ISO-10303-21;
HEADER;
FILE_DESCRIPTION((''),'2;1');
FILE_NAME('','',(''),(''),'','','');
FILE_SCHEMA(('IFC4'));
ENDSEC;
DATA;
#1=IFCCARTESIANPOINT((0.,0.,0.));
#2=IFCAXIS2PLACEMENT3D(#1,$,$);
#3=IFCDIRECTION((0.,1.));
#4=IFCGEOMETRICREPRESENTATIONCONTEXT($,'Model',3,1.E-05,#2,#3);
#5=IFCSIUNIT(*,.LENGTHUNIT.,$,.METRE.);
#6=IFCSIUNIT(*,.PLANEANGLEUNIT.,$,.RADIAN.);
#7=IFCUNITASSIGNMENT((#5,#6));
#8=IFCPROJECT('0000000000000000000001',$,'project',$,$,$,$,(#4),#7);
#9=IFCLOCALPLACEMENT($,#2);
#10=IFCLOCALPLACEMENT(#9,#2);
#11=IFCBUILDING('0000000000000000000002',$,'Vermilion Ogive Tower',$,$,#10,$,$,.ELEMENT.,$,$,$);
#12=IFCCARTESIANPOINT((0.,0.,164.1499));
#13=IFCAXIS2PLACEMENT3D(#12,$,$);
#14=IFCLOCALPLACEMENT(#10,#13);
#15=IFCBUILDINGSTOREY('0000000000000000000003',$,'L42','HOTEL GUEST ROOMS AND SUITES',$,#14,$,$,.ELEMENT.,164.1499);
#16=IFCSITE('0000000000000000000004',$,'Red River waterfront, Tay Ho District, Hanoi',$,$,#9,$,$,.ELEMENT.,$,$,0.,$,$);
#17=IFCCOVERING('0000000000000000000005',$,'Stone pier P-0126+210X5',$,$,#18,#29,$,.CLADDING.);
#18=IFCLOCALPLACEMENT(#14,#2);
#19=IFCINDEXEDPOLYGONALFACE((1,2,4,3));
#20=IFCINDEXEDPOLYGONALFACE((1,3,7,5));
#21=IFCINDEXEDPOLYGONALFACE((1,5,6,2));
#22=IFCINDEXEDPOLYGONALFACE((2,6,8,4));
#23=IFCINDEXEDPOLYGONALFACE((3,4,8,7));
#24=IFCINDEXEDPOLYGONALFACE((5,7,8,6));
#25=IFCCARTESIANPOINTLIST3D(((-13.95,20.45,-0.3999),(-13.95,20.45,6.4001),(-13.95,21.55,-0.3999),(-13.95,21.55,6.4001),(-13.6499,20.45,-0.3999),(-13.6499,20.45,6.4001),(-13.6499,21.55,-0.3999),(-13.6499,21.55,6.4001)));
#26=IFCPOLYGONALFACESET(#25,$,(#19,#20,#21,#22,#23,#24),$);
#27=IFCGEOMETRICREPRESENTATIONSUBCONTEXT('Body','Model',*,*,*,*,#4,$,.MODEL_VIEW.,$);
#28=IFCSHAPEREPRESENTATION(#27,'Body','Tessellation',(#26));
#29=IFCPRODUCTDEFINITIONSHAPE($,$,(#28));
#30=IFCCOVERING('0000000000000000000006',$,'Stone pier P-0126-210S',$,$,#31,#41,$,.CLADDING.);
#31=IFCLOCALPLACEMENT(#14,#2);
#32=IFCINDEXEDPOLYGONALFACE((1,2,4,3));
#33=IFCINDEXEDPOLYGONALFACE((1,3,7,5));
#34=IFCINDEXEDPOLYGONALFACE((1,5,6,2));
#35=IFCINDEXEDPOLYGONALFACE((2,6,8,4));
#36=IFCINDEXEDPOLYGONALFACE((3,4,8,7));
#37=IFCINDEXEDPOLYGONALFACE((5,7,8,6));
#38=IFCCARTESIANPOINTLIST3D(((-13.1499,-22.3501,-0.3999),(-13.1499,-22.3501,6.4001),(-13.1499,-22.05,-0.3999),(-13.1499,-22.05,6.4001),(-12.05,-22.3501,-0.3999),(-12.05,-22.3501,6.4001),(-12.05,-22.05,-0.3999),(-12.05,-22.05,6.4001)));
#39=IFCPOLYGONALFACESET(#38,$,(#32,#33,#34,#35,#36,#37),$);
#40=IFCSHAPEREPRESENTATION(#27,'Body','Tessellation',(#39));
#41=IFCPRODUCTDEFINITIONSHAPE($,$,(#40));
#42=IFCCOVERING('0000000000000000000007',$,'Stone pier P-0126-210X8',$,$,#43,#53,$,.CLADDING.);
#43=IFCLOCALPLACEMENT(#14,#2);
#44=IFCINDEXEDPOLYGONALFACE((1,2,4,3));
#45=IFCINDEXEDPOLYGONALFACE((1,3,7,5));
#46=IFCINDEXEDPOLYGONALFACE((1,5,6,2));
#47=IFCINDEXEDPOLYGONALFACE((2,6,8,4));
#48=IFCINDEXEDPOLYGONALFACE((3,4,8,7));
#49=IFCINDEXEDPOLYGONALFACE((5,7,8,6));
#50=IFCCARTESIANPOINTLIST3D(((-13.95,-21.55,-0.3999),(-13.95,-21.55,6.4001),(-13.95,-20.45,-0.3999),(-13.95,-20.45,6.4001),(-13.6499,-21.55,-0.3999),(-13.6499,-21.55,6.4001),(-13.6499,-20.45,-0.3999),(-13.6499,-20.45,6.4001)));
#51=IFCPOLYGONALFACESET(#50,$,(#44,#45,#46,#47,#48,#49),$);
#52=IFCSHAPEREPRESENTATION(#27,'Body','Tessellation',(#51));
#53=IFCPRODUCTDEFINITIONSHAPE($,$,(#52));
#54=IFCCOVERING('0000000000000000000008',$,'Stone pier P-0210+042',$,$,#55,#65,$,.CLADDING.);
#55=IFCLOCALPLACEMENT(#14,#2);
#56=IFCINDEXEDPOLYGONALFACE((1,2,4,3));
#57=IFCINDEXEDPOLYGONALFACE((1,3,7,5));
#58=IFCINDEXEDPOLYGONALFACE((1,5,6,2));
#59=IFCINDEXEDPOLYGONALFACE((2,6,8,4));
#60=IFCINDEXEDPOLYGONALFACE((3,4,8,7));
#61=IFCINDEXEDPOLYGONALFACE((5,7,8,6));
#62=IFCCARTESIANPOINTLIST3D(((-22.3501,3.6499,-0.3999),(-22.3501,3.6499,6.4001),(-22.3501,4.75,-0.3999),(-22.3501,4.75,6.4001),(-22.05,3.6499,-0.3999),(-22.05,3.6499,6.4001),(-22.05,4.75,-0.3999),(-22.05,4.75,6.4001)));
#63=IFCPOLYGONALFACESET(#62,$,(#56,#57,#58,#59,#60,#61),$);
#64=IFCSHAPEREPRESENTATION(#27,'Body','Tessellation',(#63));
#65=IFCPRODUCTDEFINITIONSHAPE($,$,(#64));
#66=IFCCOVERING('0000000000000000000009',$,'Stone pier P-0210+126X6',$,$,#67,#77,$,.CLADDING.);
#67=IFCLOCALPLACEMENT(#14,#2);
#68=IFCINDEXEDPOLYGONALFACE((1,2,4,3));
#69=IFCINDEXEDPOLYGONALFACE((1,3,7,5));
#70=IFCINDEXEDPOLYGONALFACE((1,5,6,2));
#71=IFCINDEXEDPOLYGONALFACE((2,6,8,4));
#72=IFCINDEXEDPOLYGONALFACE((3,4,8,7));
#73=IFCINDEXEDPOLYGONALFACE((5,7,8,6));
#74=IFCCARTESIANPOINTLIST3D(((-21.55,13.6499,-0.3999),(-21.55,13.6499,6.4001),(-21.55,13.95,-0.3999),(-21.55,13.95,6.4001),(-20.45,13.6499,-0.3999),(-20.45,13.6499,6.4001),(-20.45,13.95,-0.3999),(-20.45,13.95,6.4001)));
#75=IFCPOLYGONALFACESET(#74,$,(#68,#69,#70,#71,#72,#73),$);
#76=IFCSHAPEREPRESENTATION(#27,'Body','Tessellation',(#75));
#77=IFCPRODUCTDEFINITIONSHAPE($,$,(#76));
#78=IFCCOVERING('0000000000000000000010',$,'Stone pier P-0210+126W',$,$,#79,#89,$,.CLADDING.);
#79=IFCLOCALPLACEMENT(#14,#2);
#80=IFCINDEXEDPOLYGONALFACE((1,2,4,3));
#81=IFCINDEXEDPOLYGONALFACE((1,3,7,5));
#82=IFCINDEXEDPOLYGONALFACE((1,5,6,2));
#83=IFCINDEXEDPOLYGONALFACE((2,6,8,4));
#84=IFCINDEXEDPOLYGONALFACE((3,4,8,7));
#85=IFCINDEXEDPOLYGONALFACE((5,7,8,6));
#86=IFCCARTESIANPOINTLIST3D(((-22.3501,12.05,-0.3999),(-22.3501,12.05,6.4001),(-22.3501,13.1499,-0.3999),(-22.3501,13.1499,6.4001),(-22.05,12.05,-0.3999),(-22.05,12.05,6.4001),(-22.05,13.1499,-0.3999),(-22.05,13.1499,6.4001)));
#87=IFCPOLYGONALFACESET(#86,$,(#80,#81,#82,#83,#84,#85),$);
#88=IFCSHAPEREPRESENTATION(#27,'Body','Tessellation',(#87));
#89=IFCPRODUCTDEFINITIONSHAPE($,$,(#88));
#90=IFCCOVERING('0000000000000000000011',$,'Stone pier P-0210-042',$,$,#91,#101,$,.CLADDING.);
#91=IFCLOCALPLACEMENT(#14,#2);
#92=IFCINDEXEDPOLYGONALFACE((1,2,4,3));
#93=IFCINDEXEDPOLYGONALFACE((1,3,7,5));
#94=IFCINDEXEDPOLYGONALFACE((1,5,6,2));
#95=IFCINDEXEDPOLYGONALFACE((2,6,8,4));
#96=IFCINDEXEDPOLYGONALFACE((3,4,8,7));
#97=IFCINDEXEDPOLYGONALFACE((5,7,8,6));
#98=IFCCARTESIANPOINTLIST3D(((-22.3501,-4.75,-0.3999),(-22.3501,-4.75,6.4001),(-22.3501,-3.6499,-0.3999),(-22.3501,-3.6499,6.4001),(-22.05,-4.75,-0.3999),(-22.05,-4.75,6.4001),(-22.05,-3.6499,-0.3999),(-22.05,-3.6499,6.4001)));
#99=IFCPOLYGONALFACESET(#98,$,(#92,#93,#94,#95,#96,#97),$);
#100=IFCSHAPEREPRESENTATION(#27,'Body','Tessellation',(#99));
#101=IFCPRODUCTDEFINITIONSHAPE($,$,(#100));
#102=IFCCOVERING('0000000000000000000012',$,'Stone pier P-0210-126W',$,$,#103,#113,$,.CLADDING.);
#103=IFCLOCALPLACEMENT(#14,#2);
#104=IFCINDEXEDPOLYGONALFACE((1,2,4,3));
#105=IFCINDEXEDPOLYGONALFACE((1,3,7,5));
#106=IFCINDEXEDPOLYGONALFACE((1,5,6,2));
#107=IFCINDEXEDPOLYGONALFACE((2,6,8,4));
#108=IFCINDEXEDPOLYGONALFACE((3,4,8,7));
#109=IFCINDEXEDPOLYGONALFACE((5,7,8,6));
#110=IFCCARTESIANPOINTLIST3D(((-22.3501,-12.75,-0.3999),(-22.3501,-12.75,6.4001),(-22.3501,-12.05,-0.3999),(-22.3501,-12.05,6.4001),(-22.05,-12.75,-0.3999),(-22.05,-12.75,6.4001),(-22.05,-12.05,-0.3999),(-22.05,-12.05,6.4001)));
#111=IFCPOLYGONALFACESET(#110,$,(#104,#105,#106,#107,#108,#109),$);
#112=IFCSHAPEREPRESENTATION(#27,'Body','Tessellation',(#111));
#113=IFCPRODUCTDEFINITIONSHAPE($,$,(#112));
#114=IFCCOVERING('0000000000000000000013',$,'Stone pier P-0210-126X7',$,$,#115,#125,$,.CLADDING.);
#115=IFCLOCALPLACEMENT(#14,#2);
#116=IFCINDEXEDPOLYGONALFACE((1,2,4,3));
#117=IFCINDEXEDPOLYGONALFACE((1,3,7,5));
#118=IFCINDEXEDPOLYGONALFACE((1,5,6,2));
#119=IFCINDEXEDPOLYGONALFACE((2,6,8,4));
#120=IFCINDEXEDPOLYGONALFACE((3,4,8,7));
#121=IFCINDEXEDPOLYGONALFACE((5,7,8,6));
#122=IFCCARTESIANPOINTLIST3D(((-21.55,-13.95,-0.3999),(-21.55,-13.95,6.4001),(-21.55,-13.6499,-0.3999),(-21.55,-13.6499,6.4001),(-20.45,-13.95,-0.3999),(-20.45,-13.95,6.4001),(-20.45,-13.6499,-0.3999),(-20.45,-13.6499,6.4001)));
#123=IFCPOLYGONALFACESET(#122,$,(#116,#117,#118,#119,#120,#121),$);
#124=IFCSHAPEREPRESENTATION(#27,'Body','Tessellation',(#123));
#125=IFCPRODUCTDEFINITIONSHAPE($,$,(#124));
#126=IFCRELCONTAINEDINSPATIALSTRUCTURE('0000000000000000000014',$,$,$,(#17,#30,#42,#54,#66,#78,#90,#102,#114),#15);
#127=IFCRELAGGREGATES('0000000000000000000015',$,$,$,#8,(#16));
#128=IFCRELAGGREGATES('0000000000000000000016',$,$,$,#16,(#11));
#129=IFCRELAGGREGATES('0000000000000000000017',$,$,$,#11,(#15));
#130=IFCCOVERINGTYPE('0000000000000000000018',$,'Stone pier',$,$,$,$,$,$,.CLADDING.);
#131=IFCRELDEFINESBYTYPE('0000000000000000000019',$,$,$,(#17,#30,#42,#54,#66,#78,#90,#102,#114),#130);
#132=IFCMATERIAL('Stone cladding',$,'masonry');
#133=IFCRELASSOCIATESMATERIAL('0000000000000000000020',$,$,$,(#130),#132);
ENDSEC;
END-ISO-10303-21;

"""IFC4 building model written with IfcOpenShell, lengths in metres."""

from ifc_helpers import new_model, si_unit, direction, frame, origin, place, context, subcontext, project, spatial, polyline, outline, extrude, material, type_object, element, save


model = new_model("IFC4")

# Units and contexts
model_context = context("Model", 3, precision=1e-05, world=origin(), true_north=direction((0.0, 1.0)))
body_context = subcontext(model_context, "Body", "Model", "MODEL_VIEW")
ifc_project = project(units=[si_unit("LENGTHUNIT", "METRE"), si_unit("PLANEANGLEUNIT", "RADIAN")], contexts=[model_context])

# Site, building, storey
site_placement = place(None, origin())
site = spatial("IfcSite", under=ifc_project, at=site_placement, Name="Red River waterfront, Tay Ho District, Hanoi", CompositionType="ELEMENT", RefElevation=0.0)
building_placement = place(site_placement, origin())
building = spatial("IfcBuilding", under=site, at=building_placement, Name="Vermilion Ogive Tower", CompositionType="ELEMENT")
storey_placement = place(building_placement, frame((0.0, 0.0, 164.1499)))
storey = spatial("IfcBuildingStorey", under=building, at=storey_placement, Name="L42", Description="HOTEL GUEST ROOMS AND SUITES", CompositionType="ELEMENT", Elevation=164.1499)

# Coverings
ifc_material_1 = material(Name="Stone cladding", Category="masonry")
covering_type_1 = type_object("IfcCoveringType", Name="Stone pier", PredefinedType="CLADDING", material=ifc_material_1)
covering_1_placement = place(storey_placement, frame((0.0, 0.0, -0.3999)))
element("IfcCovering", 1, at=covering_1_placement, inside=storey, type_object=covering_type_1, Name="Stone pier P-0126+210X5", PredefinedType="CLADDING", context=body_context, shape_type="SweptSolid", body=[
    extrude(outline(polyline([(-13.95, 21.55), (-13.6499, 21.55), (-13.6499, 20.45), (-13.95, 20.45), (-13.95, 21.55)])), origin(), (0.0, 0.0, 1.0), 6.8),
])
covering_2_placement = place(storey_placement, frame((0.0, 0.0, -0.3999)))
element("IfcCovering", 2, at=covering_2_placement, inside=storey, type_object=covering_type_1, Name="Stone pier P-0126-210S", PredefinedType="CLADDING", context=body_context, shape_type="SweptSolid", body=[
    extrude(outline(polyline([(-12.05, -22.3501), (-13.1499, -22.3501), (-13.1499, -22.05), (-12.05, -22.05), (-12.05, -22.3501)])), origin(), (0.0, 0.0, 1.0), 6.8),
])
covering_3_placement = place(storey_placement, frame((0.0, 0.0, -0.3999)))
element("IfcCovering", 3, at=covering_3_placement, inside=storey, type_object=covering_type_1, Name="Stone pier P-0126-210X8", PredefinedType="CLADDING", context=body_context, shape_type="SweptSolid", body=[
    extrude(outline(polyline([(-13.95, -20.45), (-13.6499, -20.45), (-13.6499, -21.55), (-13.95, -21.55), (-13.95, -20.45)])), origin(), (0.0, 0.0, 1.0), 6.8),
])
covering_4_placement = place(storey_placement, frame((0.0, 0.0, -0.3999)))
element("IfcCovering", 4, at=covering_4_placement, inside=storey, type_object=covering_type_1, Name="Stone pier P-0210+042", PredefinedType="CLADDING", context=body_context, shape_type="SweptSolid", body=[
    extrude(outline(polyline([(-22.3501, 3.6499), (-22.3501, 4.75), (-22.05, 4.75), (-22.05, 3.6499), (-22.3501, 3.6499)])), origin(), (0.0, 0.0, 1.0), 6.8),
])
covering_5_placement = place(storey_placement, frame((0.0, 0.0, -0.3999)))
element("IfcCovering", 5, at=covering_5_placement, inside=storey, type_object=covering_type_1, Name="Stone pier P-0210+126X6", PredefinedType="CLADDING", context=body_context, shape_type="SweptSolid", body=[
    extrude(outline(polyline([(-21.55, 13.95), (-20.45, 13.95), (-20.45, 13.6499), (-21.55, 13.6499), (-21.55, 13.95)])), origin(), (0.0, 0.0, 1.0), 6.8),
])
covering_6_placement = place(storey_placement, frame((0.0, 0.0, -0.3999)))
element("IfcCovering", 6, at=covering_6_placement, inside=storey, type_object=covering_type_1, Name="Stone pier P-0210+126W", PredefinedType="CLADDING", context=body_context, shape_type="SweptSolid", body=[
    extrude(outline(polyline([(-22.3501, 13.1499), (-22.05, 13.1499), (-22.05, 12.05), (-22.3501, 12.05), (-22.3501, 13.1499)])), origin(), (0.0, 0.0, 1.0), 6.8),
])
covering_7_placement = place(storey_placement, frame((0.0, 0.0, -0.3999)))
element("IfcCovering", 7, at=covering_7_placement, inside=storey, type_object=covering_type_1, Name="Stone pier P-0210-042", PredefinedType="CLADDING", context=body_context, shape_type="SweptSolid", body=[
    extrude(outline(polyline([(-22.3501, -4.75), (-22.3501, -3.6499), (-22.05, -3.6499), (-22.05, -4.75), (-22.3501, -4.75)])), origin(), (0.0, 0.0, 1.0), 6.8),
])
covering_8_placement = place(storey_placement, frame((0.0, 0.0, -0.3999)))
element("IfcCovering", 8, at=covering_8_placement, inside=storey, type_object=covering_type_1, Name="Stone pier P-0210-126W", PredefinedType="CLADDING", context=body_context, shape_type="SweptSolid", body=[
    extrude(outline(polyline([(-22.3501, -12.05), (-22.05, -12.05), (-22.05, -12.75), (-22.3501, -12.75), (-22.3501, -12.05)])), origin(), (0.0, 0.0, 1.0), 6.8),
])
covering_9_placement = place(storey_placement, frame((0.0, 0.0, -0.3999)))
element("IfcCovering", 9, at=covering_9_placement, inside=storey, type_object=covering_type_1, Name="Stone pier P-0210-126X7", PredefinedType="CLADDING", context=body_context, shape_type="SweptSolid", body=[
    extrude(outline(polyline([(-21.55, -13.95), (-21.55, -13.6499), (-20.45, -13.6499), (-20.45, -13.95), (-21.55, -13.95)])), origin(), (0.0, 0.0, 1.0), 6.8),
])

save(model, "model.ifc")
